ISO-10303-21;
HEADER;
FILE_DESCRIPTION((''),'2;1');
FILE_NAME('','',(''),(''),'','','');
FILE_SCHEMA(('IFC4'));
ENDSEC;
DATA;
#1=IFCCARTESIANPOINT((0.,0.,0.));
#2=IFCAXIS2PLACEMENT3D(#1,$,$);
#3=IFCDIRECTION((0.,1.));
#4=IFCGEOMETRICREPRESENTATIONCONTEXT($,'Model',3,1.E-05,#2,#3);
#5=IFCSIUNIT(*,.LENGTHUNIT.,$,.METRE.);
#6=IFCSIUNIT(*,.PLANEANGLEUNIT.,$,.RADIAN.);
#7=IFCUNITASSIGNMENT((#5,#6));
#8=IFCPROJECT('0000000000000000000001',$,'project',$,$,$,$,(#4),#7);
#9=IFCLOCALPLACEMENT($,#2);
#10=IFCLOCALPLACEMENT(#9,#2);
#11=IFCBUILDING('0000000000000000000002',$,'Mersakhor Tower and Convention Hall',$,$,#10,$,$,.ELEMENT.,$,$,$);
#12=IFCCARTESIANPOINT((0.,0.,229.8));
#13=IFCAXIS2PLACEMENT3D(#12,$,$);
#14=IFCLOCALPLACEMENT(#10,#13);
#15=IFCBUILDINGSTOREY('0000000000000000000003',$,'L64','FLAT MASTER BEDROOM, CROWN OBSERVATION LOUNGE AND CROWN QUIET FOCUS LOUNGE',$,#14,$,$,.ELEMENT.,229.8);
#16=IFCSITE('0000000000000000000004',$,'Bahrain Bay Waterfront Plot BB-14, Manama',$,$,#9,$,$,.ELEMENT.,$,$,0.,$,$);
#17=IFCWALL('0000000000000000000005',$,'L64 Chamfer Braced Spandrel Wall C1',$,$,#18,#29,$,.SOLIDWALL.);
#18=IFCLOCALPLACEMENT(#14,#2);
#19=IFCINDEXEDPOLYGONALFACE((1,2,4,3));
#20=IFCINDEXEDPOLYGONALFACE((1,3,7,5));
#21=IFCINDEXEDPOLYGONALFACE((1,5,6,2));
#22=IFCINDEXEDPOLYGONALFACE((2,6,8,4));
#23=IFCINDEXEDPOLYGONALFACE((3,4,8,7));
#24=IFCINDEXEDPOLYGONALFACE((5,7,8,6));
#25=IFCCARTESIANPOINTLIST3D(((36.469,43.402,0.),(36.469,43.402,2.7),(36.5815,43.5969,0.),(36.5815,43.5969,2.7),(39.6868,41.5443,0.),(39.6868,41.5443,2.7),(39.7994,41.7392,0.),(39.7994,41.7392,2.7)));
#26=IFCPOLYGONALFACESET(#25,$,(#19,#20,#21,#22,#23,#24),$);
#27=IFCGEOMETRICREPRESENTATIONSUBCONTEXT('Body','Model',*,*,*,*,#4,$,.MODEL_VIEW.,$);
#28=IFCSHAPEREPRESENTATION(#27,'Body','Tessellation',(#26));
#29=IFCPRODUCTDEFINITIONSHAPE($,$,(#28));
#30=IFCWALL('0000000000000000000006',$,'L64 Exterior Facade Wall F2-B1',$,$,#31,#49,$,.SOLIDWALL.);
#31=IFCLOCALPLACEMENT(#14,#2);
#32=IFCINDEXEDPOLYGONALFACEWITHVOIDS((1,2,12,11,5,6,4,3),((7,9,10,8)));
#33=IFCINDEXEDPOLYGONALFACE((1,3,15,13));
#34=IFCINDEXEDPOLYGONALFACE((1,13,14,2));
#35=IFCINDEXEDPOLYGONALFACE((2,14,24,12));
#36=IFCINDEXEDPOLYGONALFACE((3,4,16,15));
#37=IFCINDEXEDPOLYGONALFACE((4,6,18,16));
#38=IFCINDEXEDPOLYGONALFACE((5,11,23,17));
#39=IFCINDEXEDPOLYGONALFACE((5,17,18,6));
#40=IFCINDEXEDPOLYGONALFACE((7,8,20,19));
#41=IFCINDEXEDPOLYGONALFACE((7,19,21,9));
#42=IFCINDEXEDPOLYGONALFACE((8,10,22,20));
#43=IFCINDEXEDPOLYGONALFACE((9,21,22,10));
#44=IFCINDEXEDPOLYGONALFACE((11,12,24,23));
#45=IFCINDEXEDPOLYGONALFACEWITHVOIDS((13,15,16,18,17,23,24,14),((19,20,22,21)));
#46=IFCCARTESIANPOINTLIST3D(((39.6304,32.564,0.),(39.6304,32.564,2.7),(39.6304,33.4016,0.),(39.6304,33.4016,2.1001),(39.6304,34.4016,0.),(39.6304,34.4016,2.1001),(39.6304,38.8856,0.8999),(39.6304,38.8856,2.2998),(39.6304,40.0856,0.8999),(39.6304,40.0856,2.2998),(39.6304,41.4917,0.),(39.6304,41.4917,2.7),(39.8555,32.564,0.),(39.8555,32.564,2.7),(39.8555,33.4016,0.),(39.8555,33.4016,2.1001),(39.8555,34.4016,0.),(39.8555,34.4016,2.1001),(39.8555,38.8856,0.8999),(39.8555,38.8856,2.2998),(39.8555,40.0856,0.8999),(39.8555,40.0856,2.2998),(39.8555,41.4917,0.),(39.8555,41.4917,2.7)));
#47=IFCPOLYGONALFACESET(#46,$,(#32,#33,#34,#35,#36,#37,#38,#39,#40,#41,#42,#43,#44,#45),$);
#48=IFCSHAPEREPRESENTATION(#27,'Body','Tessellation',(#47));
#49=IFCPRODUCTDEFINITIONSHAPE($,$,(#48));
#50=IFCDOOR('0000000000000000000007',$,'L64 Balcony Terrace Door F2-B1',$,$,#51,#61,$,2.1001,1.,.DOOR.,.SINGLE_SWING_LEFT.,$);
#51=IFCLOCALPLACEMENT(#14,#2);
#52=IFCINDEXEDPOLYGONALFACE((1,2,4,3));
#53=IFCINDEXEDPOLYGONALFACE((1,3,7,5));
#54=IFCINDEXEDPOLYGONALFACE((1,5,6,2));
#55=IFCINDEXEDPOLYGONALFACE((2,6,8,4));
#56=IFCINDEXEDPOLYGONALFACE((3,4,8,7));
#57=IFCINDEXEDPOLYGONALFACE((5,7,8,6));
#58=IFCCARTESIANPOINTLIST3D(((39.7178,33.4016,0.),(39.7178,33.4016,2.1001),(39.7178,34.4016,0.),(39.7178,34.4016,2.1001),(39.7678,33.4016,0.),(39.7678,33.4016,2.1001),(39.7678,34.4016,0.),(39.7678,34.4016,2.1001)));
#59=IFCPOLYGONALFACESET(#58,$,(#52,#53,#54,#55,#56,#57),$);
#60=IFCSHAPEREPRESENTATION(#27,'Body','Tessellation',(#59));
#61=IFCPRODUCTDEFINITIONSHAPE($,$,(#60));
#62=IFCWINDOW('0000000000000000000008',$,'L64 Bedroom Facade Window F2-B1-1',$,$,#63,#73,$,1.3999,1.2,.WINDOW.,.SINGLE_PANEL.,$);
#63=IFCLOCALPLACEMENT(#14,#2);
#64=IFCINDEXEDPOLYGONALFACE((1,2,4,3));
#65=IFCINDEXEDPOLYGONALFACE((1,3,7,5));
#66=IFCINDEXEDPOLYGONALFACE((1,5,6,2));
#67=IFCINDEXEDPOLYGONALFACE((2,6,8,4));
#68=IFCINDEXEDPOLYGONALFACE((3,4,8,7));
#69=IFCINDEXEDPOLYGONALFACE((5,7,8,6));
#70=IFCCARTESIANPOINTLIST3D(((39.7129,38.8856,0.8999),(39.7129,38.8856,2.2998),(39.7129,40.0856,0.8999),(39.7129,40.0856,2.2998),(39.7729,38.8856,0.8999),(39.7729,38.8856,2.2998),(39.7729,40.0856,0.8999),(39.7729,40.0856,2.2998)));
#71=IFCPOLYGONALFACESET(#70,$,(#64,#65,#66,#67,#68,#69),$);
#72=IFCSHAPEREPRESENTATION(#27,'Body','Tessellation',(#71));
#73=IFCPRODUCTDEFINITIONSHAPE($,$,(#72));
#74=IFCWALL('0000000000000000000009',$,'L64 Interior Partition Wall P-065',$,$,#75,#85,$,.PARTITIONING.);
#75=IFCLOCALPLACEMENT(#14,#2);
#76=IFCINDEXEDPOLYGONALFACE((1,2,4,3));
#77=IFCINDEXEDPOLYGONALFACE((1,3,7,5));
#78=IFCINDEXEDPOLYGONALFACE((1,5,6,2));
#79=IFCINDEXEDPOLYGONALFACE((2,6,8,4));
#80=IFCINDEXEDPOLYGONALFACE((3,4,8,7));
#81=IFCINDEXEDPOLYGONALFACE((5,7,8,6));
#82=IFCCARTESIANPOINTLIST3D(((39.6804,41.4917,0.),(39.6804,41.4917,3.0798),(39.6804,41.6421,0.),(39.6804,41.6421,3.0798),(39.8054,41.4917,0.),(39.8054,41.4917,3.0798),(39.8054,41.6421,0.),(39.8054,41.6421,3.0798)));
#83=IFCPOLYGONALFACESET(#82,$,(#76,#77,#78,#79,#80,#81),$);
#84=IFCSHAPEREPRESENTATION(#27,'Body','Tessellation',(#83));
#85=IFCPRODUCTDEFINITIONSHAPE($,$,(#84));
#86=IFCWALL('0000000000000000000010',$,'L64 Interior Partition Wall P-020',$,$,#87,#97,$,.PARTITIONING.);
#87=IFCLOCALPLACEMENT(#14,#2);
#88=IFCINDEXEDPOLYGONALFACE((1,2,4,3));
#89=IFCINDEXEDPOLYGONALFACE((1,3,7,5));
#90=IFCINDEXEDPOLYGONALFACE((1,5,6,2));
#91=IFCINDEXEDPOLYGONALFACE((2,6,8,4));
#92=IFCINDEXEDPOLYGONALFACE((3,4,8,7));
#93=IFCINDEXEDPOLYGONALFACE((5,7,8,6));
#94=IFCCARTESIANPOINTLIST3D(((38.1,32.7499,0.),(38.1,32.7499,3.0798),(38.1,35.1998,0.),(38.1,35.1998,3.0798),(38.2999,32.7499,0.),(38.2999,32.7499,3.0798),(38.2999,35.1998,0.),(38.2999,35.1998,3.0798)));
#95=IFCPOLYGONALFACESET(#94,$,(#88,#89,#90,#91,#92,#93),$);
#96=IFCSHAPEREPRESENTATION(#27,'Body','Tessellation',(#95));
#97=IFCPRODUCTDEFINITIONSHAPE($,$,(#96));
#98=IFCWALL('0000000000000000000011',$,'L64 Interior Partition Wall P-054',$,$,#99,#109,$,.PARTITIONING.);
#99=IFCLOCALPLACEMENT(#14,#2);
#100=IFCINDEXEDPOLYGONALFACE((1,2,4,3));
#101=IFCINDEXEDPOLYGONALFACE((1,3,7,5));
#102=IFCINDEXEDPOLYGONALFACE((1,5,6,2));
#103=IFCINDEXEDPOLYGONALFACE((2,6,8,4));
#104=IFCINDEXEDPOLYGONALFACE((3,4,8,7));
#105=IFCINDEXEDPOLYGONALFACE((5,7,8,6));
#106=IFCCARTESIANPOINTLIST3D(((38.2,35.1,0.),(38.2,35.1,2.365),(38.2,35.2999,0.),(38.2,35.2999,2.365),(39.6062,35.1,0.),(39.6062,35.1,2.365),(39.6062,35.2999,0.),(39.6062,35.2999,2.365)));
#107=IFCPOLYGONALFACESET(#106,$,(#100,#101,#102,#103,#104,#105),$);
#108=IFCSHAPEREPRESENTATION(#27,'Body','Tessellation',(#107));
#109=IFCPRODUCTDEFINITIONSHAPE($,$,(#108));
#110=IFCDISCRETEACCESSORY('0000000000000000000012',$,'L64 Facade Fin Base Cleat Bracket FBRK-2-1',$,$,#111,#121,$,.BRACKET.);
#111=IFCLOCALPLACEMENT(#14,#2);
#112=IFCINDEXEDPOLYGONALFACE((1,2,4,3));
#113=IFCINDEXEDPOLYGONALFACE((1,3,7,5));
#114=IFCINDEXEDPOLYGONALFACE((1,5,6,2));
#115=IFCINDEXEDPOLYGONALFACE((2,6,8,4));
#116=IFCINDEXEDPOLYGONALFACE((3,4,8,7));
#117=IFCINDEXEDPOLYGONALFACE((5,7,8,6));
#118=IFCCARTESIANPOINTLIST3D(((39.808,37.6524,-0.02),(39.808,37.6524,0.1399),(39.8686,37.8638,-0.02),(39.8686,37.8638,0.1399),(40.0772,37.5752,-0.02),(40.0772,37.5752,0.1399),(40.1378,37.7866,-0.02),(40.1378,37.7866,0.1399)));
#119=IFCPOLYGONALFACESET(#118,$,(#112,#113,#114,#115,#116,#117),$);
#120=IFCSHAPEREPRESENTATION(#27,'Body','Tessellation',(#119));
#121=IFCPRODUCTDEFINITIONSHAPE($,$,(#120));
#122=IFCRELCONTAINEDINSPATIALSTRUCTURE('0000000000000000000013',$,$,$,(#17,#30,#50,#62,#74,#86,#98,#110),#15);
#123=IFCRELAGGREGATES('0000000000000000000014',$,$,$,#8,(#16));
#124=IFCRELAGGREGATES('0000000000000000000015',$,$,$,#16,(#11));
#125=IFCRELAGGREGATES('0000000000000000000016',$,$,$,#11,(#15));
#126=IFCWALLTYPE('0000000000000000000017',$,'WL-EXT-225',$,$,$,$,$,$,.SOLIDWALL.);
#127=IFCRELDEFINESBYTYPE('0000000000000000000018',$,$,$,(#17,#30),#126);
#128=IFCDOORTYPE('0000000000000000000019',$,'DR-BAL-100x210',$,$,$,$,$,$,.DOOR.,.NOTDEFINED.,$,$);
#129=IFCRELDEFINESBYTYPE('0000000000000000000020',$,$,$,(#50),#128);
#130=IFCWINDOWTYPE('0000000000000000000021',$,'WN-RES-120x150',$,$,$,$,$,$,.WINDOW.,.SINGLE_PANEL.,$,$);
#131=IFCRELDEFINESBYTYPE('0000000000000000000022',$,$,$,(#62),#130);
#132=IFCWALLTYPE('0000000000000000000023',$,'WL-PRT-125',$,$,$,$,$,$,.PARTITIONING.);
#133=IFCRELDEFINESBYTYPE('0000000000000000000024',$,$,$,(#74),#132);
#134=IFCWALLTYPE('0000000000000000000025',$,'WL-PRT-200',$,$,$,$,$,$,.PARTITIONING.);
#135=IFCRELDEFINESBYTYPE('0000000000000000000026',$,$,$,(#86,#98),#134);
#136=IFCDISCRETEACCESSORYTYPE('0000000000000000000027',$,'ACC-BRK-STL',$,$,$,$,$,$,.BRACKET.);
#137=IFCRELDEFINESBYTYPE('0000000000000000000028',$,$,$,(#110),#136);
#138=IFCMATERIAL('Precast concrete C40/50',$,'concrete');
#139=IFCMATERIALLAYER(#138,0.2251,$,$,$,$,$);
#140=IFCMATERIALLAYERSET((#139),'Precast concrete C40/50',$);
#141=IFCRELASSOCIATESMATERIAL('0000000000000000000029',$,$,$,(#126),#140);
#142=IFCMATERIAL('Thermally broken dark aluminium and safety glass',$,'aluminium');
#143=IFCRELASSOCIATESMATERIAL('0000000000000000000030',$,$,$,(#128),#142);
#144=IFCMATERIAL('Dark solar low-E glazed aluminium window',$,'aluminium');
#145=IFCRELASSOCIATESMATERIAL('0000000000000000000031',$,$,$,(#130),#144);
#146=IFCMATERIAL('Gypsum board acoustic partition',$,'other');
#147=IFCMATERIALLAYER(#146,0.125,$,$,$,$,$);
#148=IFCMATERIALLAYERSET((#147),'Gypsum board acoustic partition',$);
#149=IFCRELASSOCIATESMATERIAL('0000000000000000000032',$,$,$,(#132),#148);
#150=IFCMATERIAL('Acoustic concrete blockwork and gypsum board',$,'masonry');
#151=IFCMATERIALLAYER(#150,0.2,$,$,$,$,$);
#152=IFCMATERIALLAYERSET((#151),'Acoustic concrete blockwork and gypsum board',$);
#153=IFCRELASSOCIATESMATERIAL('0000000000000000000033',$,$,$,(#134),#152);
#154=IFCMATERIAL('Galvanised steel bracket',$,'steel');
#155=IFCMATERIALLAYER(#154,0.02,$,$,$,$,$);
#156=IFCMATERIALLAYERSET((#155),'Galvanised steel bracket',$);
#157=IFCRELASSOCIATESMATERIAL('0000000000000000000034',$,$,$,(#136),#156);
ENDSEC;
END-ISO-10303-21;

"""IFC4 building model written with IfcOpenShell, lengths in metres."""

from ifc_helpers import new_model, si_unit, direction, frame, frame_2d, origin, origin_2d, place, context, subcontext, project, spatial, rectangle, extrude, material, layer, layer_set, type_object, element, fill, save


model = new_model("IFC4")

# Units and contexts
model_context = context("Model", 3, precision=1e-05, world=origin(), true_north=direction((0.0, 1.0)))
body_context = subcontext(model_context, "Body", "Model", "MODEL_VIEW")
ifc_project = project(units=[si_unit("LENGTHUNIT", "METRE"), si_unit("PLANEANGLEUNIT", "RADIAN")], contexts=[model_context])

# Site, building, storey
site_placement = place(None, origin())
site = spatial("IfcSite", under=ifc_project, at=site_placement, Name="Bahrain Bay Waterfront Plot BB-14, Manama", CompositionType="ELEMENT", RefElevation=0.0)
building_placement = place(site_placement, origin())
building = spatial("IfcBuilding", under=site, at=building_placement, Name="Mersakhor Tower and Convention Hall", CompositionType="ELEMENT")
storey_placement = place(building_placement, frame((0.0, 0.0, 229.8)))
storey = spatial("IfcBuildingStorey", under=building, at=storey_placement, Name="L64", Description="FLAT MASTER BEDROOM, CROWN OBSERVATION LOUNGE AND CROWN QUIET FOCUS LOUNGE", CompositionType="ELEMENT", Elevation=229.8)

# Wall
ifc_material_1 = material(Name="Precast concrete C40/50", Category="concrete")
ifc_layer_1 = layer(ifc_material_1, 0.2251)
ifc_layer_set_1 = layer_set([ifc_layer_1], Name="Precast concrete C40/50")
wall_type_1 = type_object("IfcWallType", Name="WL-EXT-225", PredefinedType="SOLIDWALL", material=ifc_layer_set_1)
wall_1_placement = place(storey_placement, frame((36.5251, 43.4995, 0.0), z_axis=(0.0, 0.0, 1.0), x_axis=(0.866039, -0.499977, 0.0)))
element("IfcWall", 1, at=wall_1_placement, inside=storey, type_object=wall_type_1, Name="L64 Chamfer Braced Spandrel Wall C1", PredefinedType="SOLIDWALL", context=body_context, shape_type="SweptSolid", body=[
    extrude(rectangle(XDim=3.7156, YDim=0.2251, at=frame_2d((1.8579, 0.0))), origin(), (0.0, 0.0, 1.0), 2.7),
])

# Wall, openings, door, window
wall_2_placement = place(storey_placement, frame((39.7429, 41.4917, 0.0), z_axis=(0.0, 0.0, 1.0), x_axis=(0.0, -1.0, 0.0)))
wall_2 = element("IfcWall", 2, at=wall_2_placement, inside=storey, type_object=wall_type_1, Name="L64 Exterior Facade Wall F2-B1", PredefinedType="SOLIDWALL", context=body_context, shape_type="SweptSolid", body=[
    extrude(rectangle(XDim=8.9277, YDim=0.2251, at=frame_2d((4.4639, 0.0))), origin(), (0.0, 0.0, 1.0), 2.7),
])
opening_1_placement = place(wall_2_placement, frame((7.0901, 0.0, 0.0)))
opening_1 = element("IfcOpeningElement", 3, at=opening_1_placement, cuts=wall_2, PredefinedType="OPENING", context=body_context, shape_type="SweptSolid", body=[
    extrude(rectangle(XDim=1.0, YDim=2.1001, at=frame_2d((0.5, 1.05))), frame((0.0, 0.1226, 0.0), z_axis=(0.0, -1.0, 0.0), x_axis=(1.0, 0.0, 0.0)), (0.0, 0.0, 1.0), 0.2451),
])
opening_2_placement = place(wall_2_placement, frame((1.406, 0.0, 0.8999)))
opening_2 = element("IfcOpeningElement", 4, at=opening_2_placement, cuts=wall_2, PredefinedType="OPENING", context=body_context, shape_type="SweptSolid", body=[
    extrude(rectangle(XDim=1.2, YDim=1.3999, at=frame_2d((0.6001, 0.7))), frame((0.0, 0.1226, 0.0), z_axis=(0.0, -1.0, 0.0), x_axis=(1.0, 0.0, 0.0)), (0.0, 0.0, 1.0), 0.2451),
])
ifc_material_2 = material(Name="Thermally broken dark aluminium and safety glass", Category="aluminium")
door_type = type_object("IfcDoorType", Name="DR-BAL-100x210", OperationType="NOTDEFINED", PredefinedType="DOOR", material=ifc_material_2)
door_placement = place(opening_1_placement, origin())
door = element("IfcDoor", 5, at=door_placement, inside=storey, type_object=door_type, Name="L64 Balcony Terrace Door F2-B1", OperationType="SINGLE_SWING_LEFT", OverallHeight=2.1001, OverallWidth=1.0, PredefinedType="DOOR", context=body_context, shape_type="SweptSolid", body=[
    extrude(rectangle(XDim=1.0, YDim=2.1001, at=frame_2d((0.5, 1.05))), frame((0.0, 0.0249, 0.0), z_axis=(0.0, -1.0, 0.0), x_axis=(1.0, 0.0, 0.0)), (0.0, 0.0, 1.0), 0.05),
])
fill(opening_1, door)
ifc_material_3 = material(Name="Dark solar low-E glazed aluminium window", Category="aluminium")
window_type = type_object("IfcWindowType", Name="WN-RES-120x150", PartitioningType="SINGLE_PANEL", PredefinedType="WINDOW", material=ifc_material_3)
window_placement = place(opening_2_placement, origin())
window = element("IfcWindow", 6, at=window_placement, inside=storey, type_object=window_type, Name="L64 Bedroom Facade Window F2-B1-1", OverallHeight=1.3999, OverallWidth=1.2, PartitioningType="SINGLE_PANEL", PredefinedType="WINDOW", context=body_context, shape_type="SweptSolid", body=[
    extrude(rectangle(XDim=1.2, YDim=1.3999, at=frame_2d((0.6001, 0.7))), frame((0.0, 0.03, 0.0), z_axis=(0.0, -1.0, 0.0), x_axis=(1.0, 0.0, 0.0)), (0.0, 0.0, 1.0), 0.0601),
])
fill(opening_2, window)

# Walls
ifc_material_4 = material(Name="Gypsum board acoustic partition", Category="other")
ifc_layer_2 = layer(ifc_material_4, 0.125)
ifc_layer_set_2 = layer_set([ifc_layer_2], Name="Gypsum board acoustic partition")
wall_type_2 = type_object("IfcWallType", Name="WL-PRT-125", PredefinedType="PARTITIONING", material=ifc_layer_set_2)
wall_3_placement = place(storey_placement, frame((39.7429, 41.6421, 0.0), z_axis=(0.0, 0.0, 1.0), x_axis=(0.0, -1.0, 0.0)))
element("IfcWall", 7, at=wall_3_placement, inside=storey, type_object=wall_type_2, Name="L64 Interior Partition Wall P-065", PredefinedType="PARTITIONING", context=body_context, shape_type="SweptSolid", body=[
    extrude(rectangle(XDim=0.1504, YDim=0.125, at=frame_2d((0.0752, 0.0))), origin(), (0.0, 0.0, 1.0), 3.0798),
])
ifc_material_5 = material(Name="Acoustic concrete blockwork and gypsum board", Category="masonry")
ifc_layer_3 = layer(ifc_material_5, 0.2)
ifc_layer_set_3 = layer_set([ifc_layer_3], Name="Acoustic concrete blockwork and gypsum board")
wall_type_3 = type_object("IfcWallType", Name="WL-PRT-200", PredefinedType="PARTITIONING", material=ifc_layer_set_3)
wall_4_placement = place(storey_placement, frame((38.2, 35.2, 0.0), z_axis=(0.0, 0.0, 1.0), x_axis=(0.0, -1.0, 0.0)))
element("IfcWall", 8, at=wall_4_placement, inside=storey, type_object=wall_type_3, Name="L64 Interior Partition Wall P-020", PredefinedType="PARTITIONING", context=body_context, shape_type="SweptSolid", body=[
    extrude(rectangle(XDim=2.45, YDim=0.2, at=frame_2d((1.2251, 0.0))), origin(), (0.0, 0.0, 1.0), 3.0798),
])
wall_5_placement = place(storey_placement, frame((39.6062, 35.2, 0.0), z_axis=(0.0, 0.0, 1.0), x_axis=(-1.0, 0.0, 0.0)))
element("IfcWall", 9, at=wall_5_placement, inside=storey, type_object=wall_type_3, Name="L64 Interior Partition Wall P-054", PredefinedType="PARTITIONING", context=body_context, shape_type="SweptSolid", body=[
    extrude(rectangle(XDim=1.4062, YDim=0.2, at=frame_2d((0.7031, 0.0))), origin(), (0.0, 0.0, 1.0), 2.365),
])

# Discrete accessory
ifc_material_6 = material(Name="Galvanised steel bracket", Category="steel")
ifc_layer_4 = layer(ifc_material_6, 0.02)
ifc_layer_set_4 = layer_set([ifc_layer_4], Name="Galvanised steel bracket")
discrete_accessory_type = type_object("IfcDiscreteAccessoryType", Name="ACC-BRK-STL", PredefinedType="BRACKET", material=ifc_layer_set_4)
discrete_accessory_placement = place(storey_placement, frame((39.9729, 37.7195, -0.02), z_axis=(0.0, 0.0, 1.0), x_axis=(0.961262, -0.275637, 0.0)))
element("IfcDiscreteAccessory", 10, at=discrete_accessory_placement, inside=storey, type_object=discrete_accessory_type, Name="L64 Facade Fin Base Cleat Bracket FBRK-2-1", PredefinedType="BRACKET", context=body_context, shape_type="SweptSolid", body=[
    extrude(rectangle(XDim=0.28, YDim=0.22, at=origin_2d()), origin(), (0.0, 0.0, 1.0), 0.1599),
])

save(model, "model.ifc")
